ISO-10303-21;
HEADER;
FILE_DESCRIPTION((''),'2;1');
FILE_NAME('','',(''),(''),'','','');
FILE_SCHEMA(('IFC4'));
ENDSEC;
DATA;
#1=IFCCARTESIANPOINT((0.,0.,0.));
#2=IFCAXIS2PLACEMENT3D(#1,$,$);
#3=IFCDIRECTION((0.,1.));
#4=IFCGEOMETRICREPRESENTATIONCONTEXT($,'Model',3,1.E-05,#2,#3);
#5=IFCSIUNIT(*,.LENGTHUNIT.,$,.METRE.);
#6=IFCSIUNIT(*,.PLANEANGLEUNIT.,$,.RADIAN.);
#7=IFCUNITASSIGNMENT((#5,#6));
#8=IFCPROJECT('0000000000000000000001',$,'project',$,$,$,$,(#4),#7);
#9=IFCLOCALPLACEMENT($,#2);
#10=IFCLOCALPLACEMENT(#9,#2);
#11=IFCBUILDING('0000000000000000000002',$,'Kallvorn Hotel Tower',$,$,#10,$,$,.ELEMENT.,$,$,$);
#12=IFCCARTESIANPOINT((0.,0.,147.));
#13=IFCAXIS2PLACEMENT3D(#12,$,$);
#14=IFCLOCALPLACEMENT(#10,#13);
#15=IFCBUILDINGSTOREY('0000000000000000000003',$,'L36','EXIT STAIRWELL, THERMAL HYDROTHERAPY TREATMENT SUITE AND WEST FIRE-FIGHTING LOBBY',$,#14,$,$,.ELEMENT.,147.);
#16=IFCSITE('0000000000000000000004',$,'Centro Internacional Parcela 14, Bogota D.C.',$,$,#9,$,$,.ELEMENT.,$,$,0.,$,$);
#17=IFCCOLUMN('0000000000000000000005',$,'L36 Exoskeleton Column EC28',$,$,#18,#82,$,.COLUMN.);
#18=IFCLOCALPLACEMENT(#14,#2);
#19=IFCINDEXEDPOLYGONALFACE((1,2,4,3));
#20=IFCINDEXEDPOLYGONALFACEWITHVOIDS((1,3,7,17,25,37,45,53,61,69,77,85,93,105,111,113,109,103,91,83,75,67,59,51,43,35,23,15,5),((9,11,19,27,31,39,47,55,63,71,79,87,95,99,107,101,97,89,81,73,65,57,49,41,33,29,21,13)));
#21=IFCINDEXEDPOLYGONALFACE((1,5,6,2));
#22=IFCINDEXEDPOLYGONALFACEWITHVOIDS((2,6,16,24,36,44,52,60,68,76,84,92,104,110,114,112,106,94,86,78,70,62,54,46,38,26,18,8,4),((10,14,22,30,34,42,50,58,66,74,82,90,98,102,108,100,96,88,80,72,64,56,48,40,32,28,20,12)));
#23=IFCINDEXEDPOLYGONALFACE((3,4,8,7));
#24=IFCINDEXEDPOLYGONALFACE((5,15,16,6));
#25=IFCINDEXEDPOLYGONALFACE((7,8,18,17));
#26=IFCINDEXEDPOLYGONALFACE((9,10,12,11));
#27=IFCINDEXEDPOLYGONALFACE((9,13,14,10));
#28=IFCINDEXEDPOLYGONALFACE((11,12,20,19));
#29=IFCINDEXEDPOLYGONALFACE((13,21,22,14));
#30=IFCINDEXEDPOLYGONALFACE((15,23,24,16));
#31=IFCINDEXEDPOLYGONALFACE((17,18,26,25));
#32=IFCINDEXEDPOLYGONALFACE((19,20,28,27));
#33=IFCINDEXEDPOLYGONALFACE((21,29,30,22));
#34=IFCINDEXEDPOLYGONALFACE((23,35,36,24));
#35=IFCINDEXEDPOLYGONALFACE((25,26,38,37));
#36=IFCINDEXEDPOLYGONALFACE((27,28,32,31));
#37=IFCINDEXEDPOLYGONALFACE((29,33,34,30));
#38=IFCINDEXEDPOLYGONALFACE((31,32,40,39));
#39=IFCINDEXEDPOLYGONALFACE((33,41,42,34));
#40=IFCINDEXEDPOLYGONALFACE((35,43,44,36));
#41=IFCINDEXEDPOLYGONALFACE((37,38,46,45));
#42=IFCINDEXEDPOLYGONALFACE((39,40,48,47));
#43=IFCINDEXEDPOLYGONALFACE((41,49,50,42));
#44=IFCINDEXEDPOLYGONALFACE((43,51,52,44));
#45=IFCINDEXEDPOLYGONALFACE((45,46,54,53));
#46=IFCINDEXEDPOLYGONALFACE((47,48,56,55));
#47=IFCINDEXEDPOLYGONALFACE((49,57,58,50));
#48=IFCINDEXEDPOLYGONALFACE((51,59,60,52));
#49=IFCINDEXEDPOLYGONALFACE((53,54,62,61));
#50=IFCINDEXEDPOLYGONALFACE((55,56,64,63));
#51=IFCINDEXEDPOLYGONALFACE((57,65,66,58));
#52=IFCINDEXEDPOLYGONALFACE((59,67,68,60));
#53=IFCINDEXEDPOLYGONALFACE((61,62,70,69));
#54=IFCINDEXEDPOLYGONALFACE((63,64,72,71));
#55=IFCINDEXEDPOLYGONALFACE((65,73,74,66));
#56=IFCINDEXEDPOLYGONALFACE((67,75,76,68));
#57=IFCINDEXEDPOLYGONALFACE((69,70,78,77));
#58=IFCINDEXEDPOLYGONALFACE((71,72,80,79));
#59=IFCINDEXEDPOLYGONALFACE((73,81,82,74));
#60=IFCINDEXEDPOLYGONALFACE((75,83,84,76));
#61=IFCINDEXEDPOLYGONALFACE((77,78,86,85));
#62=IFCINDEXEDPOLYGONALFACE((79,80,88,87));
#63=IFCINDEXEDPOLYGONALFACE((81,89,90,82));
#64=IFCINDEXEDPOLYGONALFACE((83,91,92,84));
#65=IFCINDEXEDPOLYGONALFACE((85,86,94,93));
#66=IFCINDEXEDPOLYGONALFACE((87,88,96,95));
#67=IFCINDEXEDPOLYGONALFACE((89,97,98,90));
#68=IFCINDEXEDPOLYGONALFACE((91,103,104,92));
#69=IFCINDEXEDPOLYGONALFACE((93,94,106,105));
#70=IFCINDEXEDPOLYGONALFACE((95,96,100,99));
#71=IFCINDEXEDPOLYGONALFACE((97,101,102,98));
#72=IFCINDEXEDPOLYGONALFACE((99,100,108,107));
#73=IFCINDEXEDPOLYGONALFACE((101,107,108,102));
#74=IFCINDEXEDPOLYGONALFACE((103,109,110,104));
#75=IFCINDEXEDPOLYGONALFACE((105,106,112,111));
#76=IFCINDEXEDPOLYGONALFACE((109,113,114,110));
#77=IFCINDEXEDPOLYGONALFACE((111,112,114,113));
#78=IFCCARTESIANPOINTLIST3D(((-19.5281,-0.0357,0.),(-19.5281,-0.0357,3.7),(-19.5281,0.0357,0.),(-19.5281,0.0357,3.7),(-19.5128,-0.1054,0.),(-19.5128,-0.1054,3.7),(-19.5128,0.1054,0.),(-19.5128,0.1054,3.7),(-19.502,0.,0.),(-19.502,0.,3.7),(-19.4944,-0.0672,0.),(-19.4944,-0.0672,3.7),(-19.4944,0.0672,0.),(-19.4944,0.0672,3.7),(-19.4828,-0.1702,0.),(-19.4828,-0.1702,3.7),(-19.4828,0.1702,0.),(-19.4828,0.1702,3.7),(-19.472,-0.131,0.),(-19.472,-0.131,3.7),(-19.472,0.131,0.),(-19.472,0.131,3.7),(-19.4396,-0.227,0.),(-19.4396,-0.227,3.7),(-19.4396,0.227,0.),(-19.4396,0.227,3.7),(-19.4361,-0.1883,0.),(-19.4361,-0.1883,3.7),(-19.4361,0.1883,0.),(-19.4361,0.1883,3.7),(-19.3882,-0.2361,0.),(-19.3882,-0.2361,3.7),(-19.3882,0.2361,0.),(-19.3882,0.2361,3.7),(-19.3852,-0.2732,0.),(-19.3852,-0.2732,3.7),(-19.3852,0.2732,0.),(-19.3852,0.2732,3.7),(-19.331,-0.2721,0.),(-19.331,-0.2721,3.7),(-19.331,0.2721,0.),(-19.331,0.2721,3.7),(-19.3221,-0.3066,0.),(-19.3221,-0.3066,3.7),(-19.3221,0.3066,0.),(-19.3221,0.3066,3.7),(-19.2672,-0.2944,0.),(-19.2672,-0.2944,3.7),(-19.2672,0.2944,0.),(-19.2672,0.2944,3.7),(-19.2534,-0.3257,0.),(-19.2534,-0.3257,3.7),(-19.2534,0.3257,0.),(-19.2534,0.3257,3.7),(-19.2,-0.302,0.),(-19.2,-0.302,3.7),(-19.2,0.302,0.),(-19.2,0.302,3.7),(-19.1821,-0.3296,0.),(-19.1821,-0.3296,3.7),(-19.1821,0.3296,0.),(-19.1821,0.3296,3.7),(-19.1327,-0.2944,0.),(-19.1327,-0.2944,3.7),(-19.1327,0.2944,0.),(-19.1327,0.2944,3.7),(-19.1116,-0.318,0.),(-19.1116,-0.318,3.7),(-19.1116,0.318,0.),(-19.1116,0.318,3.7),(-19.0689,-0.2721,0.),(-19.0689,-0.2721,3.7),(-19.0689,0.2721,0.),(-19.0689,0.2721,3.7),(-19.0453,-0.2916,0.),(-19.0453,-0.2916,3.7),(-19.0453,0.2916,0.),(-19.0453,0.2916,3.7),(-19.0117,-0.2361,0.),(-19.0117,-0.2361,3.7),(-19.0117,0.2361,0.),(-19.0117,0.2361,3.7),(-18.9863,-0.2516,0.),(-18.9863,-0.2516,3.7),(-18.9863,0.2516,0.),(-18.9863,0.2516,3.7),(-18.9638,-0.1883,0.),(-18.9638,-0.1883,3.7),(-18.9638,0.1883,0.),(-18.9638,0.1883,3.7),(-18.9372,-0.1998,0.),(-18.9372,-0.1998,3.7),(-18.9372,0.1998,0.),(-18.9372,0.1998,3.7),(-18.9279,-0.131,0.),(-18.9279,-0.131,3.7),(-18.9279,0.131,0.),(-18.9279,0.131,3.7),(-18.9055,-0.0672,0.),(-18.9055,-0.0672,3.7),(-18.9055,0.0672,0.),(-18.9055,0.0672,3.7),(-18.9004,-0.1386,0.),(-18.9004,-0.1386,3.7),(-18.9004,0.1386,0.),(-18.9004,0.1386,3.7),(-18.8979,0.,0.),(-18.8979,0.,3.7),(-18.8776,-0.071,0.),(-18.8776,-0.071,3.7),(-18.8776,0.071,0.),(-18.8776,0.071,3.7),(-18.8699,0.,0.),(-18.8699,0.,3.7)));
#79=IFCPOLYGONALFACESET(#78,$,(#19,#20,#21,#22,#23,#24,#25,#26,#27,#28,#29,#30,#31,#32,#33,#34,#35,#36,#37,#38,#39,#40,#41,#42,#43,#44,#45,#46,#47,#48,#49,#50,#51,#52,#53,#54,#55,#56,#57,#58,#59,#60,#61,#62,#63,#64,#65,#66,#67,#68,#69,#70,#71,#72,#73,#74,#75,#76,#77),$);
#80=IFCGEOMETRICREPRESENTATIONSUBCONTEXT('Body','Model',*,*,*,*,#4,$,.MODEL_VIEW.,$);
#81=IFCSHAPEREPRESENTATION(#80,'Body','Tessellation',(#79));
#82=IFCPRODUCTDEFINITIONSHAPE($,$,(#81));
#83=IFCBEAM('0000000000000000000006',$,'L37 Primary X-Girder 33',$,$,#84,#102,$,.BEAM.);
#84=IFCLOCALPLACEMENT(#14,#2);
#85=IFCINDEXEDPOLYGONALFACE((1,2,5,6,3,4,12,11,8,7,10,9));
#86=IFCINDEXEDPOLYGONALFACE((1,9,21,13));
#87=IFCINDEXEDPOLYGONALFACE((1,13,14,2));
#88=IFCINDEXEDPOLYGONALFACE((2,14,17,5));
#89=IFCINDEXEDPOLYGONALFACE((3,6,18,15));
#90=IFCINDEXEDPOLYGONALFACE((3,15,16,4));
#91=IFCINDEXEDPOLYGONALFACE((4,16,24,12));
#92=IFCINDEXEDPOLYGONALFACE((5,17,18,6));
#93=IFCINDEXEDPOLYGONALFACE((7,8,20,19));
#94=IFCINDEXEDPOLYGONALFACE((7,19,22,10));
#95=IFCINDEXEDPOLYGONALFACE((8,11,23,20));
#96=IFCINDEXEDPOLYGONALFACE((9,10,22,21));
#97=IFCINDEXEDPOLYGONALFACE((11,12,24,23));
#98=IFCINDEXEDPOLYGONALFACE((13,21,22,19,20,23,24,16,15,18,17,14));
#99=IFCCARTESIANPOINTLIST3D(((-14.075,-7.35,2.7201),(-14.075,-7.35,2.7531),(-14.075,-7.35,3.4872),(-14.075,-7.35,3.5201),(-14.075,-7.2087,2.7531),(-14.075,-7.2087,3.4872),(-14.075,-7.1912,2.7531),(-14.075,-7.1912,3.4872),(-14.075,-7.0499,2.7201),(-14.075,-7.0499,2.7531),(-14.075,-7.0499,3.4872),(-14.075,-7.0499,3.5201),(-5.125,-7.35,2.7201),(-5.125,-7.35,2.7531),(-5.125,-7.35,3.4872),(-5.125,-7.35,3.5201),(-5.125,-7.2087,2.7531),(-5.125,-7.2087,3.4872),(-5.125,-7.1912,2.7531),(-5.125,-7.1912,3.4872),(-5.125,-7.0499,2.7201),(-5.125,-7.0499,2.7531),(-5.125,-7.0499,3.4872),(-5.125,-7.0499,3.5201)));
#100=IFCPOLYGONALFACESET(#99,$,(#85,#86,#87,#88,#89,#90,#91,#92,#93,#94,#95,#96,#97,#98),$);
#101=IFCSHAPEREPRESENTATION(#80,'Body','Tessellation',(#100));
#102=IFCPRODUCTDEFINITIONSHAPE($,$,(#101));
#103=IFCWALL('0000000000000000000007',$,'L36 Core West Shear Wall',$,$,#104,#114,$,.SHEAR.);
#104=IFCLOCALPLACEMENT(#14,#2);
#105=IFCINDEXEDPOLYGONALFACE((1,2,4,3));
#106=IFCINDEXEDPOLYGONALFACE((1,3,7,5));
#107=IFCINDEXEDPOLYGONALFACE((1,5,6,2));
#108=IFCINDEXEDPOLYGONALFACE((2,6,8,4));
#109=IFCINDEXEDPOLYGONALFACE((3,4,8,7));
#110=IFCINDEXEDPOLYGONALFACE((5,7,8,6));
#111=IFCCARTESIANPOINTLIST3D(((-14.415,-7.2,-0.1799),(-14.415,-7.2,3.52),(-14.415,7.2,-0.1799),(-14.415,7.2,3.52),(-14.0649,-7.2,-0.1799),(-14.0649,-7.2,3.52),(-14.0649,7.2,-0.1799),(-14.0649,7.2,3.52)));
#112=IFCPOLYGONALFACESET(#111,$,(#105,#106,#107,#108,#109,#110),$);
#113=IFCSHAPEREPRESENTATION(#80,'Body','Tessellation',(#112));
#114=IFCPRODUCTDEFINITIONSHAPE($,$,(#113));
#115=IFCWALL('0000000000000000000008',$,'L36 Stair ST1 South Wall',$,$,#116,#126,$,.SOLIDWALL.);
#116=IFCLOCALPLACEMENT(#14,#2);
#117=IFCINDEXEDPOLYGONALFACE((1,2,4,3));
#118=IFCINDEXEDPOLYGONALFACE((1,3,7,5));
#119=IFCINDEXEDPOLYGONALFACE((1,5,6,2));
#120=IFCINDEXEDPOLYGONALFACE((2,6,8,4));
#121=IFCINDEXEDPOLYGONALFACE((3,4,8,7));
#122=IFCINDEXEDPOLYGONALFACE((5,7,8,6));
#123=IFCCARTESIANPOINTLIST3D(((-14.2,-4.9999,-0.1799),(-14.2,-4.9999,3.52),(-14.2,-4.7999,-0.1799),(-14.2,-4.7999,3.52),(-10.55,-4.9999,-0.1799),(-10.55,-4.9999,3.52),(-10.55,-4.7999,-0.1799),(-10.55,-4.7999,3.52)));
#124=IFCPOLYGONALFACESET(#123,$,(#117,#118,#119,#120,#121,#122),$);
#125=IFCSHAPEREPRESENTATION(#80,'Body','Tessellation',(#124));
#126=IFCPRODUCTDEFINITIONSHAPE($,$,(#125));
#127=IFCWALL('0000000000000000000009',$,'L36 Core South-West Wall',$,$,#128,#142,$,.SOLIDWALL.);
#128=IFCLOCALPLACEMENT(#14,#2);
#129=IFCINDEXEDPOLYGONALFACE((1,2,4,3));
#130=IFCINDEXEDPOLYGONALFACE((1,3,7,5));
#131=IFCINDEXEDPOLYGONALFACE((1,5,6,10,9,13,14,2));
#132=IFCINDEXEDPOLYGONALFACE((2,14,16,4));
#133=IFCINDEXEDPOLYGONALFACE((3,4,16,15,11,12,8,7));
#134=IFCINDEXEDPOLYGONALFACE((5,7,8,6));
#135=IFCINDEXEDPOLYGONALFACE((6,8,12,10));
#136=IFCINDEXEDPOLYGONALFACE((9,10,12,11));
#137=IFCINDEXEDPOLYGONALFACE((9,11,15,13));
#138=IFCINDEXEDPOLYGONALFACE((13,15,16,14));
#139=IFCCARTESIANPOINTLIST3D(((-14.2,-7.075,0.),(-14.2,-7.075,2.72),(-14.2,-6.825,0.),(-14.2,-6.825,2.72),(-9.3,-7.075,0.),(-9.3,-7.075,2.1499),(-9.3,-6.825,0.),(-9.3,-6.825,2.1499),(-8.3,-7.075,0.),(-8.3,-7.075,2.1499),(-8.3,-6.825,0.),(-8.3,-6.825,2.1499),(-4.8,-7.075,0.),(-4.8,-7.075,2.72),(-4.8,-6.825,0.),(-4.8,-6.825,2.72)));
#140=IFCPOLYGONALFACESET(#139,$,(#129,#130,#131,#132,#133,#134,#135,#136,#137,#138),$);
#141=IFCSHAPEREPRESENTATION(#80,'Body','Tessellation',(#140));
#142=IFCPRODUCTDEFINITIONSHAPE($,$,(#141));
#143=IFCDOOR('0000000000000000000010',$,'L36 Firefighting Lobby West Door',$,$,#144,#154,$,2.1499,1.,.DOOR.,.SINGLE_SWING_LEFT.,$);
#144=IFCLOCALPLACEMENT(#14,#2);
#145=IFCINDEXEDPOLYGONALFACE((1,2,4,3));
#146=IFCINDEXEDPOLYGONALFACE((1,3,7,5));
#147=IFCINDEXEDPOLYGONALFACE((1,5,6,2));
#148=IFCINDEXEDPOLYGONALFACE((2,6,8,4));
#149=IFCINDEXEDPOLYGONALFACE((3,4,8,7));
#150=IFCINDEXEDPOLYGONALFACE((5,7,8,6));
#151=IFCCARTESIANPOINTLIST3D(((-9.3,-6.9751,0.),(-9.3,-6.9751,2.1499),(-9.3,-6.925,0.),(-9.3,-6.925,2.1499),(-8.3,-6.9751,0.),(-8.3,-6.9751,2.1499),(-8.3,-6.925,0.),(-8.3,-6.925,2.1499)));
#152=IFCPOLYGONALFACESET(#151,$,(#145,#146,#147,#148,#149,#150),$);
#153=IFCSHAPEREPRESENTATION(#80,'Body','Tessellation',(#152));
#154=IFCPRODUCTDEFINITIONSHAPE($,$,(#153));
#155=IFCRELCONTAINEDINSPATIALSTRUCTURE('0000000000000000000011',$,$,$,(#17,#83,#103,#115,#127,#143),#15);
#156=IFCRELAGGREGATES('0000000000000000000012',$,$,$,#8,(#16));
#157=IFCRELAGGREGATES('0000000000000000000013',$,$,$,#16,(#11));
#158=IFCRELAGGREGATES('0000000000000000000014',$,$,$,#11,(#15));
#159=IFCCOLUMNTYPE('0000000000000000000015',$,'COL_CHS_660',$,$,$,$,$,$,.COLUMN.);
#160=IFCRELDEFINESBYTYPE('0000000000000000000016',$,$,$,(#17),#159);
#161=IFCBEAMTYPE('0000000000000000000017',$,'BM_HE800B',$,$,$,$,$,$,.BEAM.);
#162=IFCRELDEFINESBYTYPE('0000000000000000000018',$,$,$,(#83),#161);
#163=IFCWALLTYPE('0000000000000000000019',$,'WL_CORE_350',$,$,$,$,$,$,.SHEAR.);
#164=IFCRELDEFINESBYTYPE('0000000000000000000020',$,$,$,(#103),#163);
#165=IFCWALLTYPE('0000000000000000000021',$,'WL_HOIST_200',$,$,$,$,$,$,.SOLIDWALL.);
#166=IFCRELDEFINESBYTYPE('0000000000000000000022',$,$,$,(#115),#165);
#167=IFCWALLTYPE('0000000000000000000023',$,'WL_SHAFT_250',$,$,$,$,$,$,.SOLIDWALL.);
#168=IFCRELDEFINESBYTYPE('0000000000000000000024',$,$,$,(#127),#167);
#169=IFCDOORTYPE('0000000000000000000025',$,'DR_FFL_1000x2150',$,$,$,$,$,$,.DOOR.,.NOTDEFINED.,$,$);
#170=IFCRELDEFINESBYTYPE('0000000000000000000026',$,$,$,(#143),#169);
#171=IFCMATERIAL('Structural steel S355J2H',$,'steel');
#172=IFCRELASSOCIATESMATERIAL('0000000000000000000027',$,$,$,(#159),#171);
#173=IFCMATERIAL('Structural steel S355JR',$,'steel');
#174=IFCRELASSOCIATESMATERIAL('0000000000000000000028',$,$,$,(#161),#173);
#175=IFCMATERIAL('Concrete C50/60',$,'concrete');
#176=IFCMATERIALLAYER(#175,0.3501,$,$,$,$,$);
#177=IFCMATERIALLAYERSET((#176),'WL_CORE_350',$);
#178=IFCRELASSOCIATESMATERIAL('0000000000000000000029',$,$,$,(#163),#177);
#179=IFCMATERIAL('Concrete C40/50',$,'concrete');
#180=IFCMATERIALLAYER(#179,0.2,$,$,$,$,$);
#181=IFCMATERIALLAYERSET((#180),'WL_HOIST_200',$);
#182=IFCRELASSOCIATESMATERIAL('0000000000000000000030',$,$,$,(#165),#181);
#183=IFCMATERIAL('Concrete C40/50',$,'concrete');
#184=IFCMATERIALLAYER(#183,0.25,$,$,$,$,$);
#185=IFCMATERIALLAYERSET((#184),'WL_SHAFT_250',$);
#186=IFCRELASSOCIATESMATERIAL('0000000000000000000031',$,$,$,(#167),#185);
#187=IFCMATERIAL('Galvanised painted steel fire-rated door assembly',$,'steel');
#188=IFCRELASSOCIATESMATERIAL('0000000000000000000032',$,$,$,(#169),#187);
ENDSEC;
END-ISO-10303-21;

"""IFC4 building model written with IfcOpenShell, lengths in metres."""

from ifc_helpers import new_model, si_unit, direction, frame, frame_2d, origin, origin_2d, place, context, subcontext, project, spatial, rectangle, hollow_circle, i_section, extrude, material, layer, layer_set, material_profile, profile_set, type_object, element, fill, save


model = new_model("IFC4")

# Units and contexts
model_context = context("Model", 3, precision=1e-05, world=origin(), true_north=direction((0.0, 1.0)))
body_context = subcontext(model_context, "Body", "Model", "MODEL_VIEW")
ifc_project = project(units=[si_unit("LENGTHUNIT", "METRE"), si_unit("PLANEANGLEUNIT", "RADIAN")], contexts=[model_context])

# Site, building, storey
site_placement = place(None, origin())
site = spatial("IfcSite", under=ifc_project, at=site_placement, Name="Centro Internacional Parcela 14, Bogota D.C.", CompositionType="ELEMENT", RefElevation=0.0)
building_placement = place(site_placement, origin())
building = spatial("IfcBuilding", under=site, at=building_placement, Name="Kallvorn Hotel Tower", CompositionType="ELEMENT")
storey_placement = place(building_placement, frame((0.0, 0.0, 147.0)))
storey = spatial("IfcBuildingStorey", under=building, at=storey_placement, Name="L36", Description="EXIT STAIRWELL, THERMAL HYDROTHERAPY TREATMENT SUITE AND WEST FIRE-FIGHTING LOBBY", CompositionType="ELEMENT", Elevation=147.0)

# Column
ifc_material_1 = material(Name="Structural steel S355J2H", Category="steel")
ifc_material_profile_1 = material_profile(ifc_material_1, hollow_circle(Radius=0.3301, WallThickness=0.0281, at=origin_2d()), Name="CHS 660x28")
ifc_profile_set_1 = profile_set([ifc_material_profile_1], Name="Structural steel S355J2H")
column_type = type_object("IfcColumnType", Name="COL_CHS_660", PredefinedType="COLUMN", material=ifc_profile_set_1)
column_placement = place(storey_placement, frame((-19.2, 0.0, 0.0), z_axis=(0.0, 0.0, 1.0), x_axis=(1.0, 0.0, 0.0)))
element("IfcColumn", 1, at=column_placement, inside=storey, type_object=column_type, Name="L36 Exoskeleton Column EC28", PredefinedType="COLUMN", context=body_context, shape_type="SweptSolid", body=[
    extrude(hollow_circle(Radius=0.3301, WallThickness=0.0281, at=origin_2d()), origin(), (0.0, 0.0, 1.0), 3.7),
])

# Beam
ifc_material_2 = material(Name="Structural steel S355JR", Category="steel")
ifc_material_profile_2 = material_profile(ifc_material_2, i_section(OverallWidth=0.3, OverallDepth=0.8, WebThickness=0.0176, FlangeThickness=0.033, at=origin_2d()), Name="HE 800 B")
ifc_profile_set_2 = profile_set([ifc_material_profile_2], Name="Structural steel S355JR")
beam_type = type_object("IfcBeamType", Name="BM_HE800B", PredefinedType="BEAM", material=ifc_profile_set_2)
beam_placement = place(storey_placement, frame((-14.075, -7.2, 3.1201), z_axis=(1.0, 0.0, 0.0), x_axis=(0.0, 1.0, 0.0)))
element("IfcBeam", 2, at=beam_placement, inside=storey, type_object=beam_type, Name="L37 Primary X-Girder 33", PredefinedType="BEAM", context=body_context, shape_type="SweptSolid", body=[
    extrude(i_section(OverallWidth=0.3, OverallDepth=0.8, WebThickness=0.0176, FlangeThickness=0.033, at=origin_2d()), origin(), (0.0, 0.0, 1.0), 8.95),
])

# Walls
ifc_material_3 = material(Name="Concrete C50/60", Category="concrete")
ifc_layer_1 = layer(ifc_material_3, 0.3501)
ifc_layer_set_1 = layer_set([ifc_layer_1], Name="WL_CORE_350")
wall_type_1 = type_object("IfcWallType", Name="WL_CORE_350", PredefinedType="SHEAR", material=ifc_layer_set_1)
wall_1_placement = place(storey_placement, frame((-14.24, -7.2, -0.1799), z_axis=(0.0, 0.0, 1.0), x_axis=(0.0, 1.0, 0.0)))
element("IfcWall", 3, at=wall_1_placement, inside=storey, type_object=wall_type_1, Name="L36 Core West Shear Wall", PredefinedType="SHEAR", context=body_context, shape_type="SweptSolid", body=[
    extrude(rectangle(XDim=14.3999, YDim=0.3501, at=frame_2d((7.2, 0.0))), origin(), (0.0, 0.0, 1.0), 3.7),
])
ifc_material_4 = material(Name="Concrete C40/50", Category="concrete")
ifc_layer_2 = layer(ifc_material_4, 0.2)
ifc_layer_set_2 = layer_set([ifc_layer_2], Name="WL_HOIST_200")
wall_type_2 = type_object("IfcWallType", Name="WL_HOIST_200", PredefinedType="SOLIDWALL", material=ifc_layer_set_2)
wall_2_placement = place(storey_placement, frame((-14.2, -4.8999, -0.1799), z_axis=(0.0, 0.0, 1.0), x_axis=(1.0, 0.0, 0.0)))
element("IfcWall", 4, at=wall_2_placement, inside=storey, type_object=wall_type_2, Name="L36 Stair ST1 South Wall", PredefinedType="SOLIDWALL", context=body_context, shape_type="SweptSolid", body=[
    extrude(rectangle(XDim=3.6499, YDim=0.2, at=frame_2d((1.825, 0.0))), origin(), (0.0, 0.0, 1.0), 3.7),
])

# Wall, opening, door
ifc_material_5 = material(Name="Concrete C40/50", Category="concrete")
ifc_layer_3 = layer(ifc_material_5, 0.25)
ifc_layer_set_3 = layer_set([ifc_layer_3], Name="WL_SHAFT_250")
wall_type_3 = type_object("IfcWallType", Name="WL_SHAFT_250", PredefinedType="SOLIDWALL", material=ifc_layer_set_3)
wall_3_placement = place(storey_placement, frame((-14.2, -6.95, 0.0), z_axis=(0.0, 0.0, 1.0), x_axis=(1.0, 0.0, 0.0)))
wall_3 = element("IfcWall", 5, at=wall_3_placement, inside=storey, type_object=wall_type_3, Name="L36 Core South-West Wall", PredefinedType="SOLIDWALL", context=body_context, shape_type="SweptSolid", body=[
    extrude(rectangle(XDim=9.3999, YDim=0.25, at=frame_2d((4.7, 0.0))), origin(), (0.0, 0.0, 1.0), 2.72),
])
opening_1_placement = place(wall_3_placement, frame((4.8999, 0.0, 0.0)))
opening_1 = element("IfcOpeningElement", 6, at=opening_1_placement, cuts=wall_3, PredefinedType="OPENING", context=body_context, shape_type="SweptSolid", body=[
    extrude(rectangle(XDim=1.0, YDim=2.1499, at=frame_2d((0.5, 1.075))), frame((0.0, 0.1399, 0.0), z_axis=(0.0, -1.0, 0.0), x_axis=(1.0, 0.0, 0.0)), (0.0, 0.0, 1.0), 0.28),
])
ifc_material_6 = material(Name="Galvanised painted steel fire-rated door assembly", Category="steel")
door_type_1 = type_object("IfcDoorType", Name="DR_FFL_1000x2150", OperationType="NOTDEFINED", PredefinedType="DOOR", material=ifc_material_6)
door_1_placement = place(opening_1_placement, origin())
door_1 = element("IfcDoor", 7, at=door_1_placement, inside=storey, type_object=door_type_1, Name="L36 Firefighting Lobby West Door", OperationType="SINGLE_SWING_LEFT", OverallHeight=2.1499, OverallWidth=1.0, PredefinedType="DOOR", context=body_context, shape_type="SweptSolid", body=[
    extrude(rectangle(XDim=1.0, YDim=2.1499, at=frame_2d((0.5, 1.075))), frame((0.0, 0.0249, 0.0), z_axis=(0.0, -1.0, 0.0), x_axis=(1.0, 0.0, 0.0)), (0.0, 0.0, 1.0), 0.05),
])
fill(opening_1, door_1)

save(model, "model.ifc")
